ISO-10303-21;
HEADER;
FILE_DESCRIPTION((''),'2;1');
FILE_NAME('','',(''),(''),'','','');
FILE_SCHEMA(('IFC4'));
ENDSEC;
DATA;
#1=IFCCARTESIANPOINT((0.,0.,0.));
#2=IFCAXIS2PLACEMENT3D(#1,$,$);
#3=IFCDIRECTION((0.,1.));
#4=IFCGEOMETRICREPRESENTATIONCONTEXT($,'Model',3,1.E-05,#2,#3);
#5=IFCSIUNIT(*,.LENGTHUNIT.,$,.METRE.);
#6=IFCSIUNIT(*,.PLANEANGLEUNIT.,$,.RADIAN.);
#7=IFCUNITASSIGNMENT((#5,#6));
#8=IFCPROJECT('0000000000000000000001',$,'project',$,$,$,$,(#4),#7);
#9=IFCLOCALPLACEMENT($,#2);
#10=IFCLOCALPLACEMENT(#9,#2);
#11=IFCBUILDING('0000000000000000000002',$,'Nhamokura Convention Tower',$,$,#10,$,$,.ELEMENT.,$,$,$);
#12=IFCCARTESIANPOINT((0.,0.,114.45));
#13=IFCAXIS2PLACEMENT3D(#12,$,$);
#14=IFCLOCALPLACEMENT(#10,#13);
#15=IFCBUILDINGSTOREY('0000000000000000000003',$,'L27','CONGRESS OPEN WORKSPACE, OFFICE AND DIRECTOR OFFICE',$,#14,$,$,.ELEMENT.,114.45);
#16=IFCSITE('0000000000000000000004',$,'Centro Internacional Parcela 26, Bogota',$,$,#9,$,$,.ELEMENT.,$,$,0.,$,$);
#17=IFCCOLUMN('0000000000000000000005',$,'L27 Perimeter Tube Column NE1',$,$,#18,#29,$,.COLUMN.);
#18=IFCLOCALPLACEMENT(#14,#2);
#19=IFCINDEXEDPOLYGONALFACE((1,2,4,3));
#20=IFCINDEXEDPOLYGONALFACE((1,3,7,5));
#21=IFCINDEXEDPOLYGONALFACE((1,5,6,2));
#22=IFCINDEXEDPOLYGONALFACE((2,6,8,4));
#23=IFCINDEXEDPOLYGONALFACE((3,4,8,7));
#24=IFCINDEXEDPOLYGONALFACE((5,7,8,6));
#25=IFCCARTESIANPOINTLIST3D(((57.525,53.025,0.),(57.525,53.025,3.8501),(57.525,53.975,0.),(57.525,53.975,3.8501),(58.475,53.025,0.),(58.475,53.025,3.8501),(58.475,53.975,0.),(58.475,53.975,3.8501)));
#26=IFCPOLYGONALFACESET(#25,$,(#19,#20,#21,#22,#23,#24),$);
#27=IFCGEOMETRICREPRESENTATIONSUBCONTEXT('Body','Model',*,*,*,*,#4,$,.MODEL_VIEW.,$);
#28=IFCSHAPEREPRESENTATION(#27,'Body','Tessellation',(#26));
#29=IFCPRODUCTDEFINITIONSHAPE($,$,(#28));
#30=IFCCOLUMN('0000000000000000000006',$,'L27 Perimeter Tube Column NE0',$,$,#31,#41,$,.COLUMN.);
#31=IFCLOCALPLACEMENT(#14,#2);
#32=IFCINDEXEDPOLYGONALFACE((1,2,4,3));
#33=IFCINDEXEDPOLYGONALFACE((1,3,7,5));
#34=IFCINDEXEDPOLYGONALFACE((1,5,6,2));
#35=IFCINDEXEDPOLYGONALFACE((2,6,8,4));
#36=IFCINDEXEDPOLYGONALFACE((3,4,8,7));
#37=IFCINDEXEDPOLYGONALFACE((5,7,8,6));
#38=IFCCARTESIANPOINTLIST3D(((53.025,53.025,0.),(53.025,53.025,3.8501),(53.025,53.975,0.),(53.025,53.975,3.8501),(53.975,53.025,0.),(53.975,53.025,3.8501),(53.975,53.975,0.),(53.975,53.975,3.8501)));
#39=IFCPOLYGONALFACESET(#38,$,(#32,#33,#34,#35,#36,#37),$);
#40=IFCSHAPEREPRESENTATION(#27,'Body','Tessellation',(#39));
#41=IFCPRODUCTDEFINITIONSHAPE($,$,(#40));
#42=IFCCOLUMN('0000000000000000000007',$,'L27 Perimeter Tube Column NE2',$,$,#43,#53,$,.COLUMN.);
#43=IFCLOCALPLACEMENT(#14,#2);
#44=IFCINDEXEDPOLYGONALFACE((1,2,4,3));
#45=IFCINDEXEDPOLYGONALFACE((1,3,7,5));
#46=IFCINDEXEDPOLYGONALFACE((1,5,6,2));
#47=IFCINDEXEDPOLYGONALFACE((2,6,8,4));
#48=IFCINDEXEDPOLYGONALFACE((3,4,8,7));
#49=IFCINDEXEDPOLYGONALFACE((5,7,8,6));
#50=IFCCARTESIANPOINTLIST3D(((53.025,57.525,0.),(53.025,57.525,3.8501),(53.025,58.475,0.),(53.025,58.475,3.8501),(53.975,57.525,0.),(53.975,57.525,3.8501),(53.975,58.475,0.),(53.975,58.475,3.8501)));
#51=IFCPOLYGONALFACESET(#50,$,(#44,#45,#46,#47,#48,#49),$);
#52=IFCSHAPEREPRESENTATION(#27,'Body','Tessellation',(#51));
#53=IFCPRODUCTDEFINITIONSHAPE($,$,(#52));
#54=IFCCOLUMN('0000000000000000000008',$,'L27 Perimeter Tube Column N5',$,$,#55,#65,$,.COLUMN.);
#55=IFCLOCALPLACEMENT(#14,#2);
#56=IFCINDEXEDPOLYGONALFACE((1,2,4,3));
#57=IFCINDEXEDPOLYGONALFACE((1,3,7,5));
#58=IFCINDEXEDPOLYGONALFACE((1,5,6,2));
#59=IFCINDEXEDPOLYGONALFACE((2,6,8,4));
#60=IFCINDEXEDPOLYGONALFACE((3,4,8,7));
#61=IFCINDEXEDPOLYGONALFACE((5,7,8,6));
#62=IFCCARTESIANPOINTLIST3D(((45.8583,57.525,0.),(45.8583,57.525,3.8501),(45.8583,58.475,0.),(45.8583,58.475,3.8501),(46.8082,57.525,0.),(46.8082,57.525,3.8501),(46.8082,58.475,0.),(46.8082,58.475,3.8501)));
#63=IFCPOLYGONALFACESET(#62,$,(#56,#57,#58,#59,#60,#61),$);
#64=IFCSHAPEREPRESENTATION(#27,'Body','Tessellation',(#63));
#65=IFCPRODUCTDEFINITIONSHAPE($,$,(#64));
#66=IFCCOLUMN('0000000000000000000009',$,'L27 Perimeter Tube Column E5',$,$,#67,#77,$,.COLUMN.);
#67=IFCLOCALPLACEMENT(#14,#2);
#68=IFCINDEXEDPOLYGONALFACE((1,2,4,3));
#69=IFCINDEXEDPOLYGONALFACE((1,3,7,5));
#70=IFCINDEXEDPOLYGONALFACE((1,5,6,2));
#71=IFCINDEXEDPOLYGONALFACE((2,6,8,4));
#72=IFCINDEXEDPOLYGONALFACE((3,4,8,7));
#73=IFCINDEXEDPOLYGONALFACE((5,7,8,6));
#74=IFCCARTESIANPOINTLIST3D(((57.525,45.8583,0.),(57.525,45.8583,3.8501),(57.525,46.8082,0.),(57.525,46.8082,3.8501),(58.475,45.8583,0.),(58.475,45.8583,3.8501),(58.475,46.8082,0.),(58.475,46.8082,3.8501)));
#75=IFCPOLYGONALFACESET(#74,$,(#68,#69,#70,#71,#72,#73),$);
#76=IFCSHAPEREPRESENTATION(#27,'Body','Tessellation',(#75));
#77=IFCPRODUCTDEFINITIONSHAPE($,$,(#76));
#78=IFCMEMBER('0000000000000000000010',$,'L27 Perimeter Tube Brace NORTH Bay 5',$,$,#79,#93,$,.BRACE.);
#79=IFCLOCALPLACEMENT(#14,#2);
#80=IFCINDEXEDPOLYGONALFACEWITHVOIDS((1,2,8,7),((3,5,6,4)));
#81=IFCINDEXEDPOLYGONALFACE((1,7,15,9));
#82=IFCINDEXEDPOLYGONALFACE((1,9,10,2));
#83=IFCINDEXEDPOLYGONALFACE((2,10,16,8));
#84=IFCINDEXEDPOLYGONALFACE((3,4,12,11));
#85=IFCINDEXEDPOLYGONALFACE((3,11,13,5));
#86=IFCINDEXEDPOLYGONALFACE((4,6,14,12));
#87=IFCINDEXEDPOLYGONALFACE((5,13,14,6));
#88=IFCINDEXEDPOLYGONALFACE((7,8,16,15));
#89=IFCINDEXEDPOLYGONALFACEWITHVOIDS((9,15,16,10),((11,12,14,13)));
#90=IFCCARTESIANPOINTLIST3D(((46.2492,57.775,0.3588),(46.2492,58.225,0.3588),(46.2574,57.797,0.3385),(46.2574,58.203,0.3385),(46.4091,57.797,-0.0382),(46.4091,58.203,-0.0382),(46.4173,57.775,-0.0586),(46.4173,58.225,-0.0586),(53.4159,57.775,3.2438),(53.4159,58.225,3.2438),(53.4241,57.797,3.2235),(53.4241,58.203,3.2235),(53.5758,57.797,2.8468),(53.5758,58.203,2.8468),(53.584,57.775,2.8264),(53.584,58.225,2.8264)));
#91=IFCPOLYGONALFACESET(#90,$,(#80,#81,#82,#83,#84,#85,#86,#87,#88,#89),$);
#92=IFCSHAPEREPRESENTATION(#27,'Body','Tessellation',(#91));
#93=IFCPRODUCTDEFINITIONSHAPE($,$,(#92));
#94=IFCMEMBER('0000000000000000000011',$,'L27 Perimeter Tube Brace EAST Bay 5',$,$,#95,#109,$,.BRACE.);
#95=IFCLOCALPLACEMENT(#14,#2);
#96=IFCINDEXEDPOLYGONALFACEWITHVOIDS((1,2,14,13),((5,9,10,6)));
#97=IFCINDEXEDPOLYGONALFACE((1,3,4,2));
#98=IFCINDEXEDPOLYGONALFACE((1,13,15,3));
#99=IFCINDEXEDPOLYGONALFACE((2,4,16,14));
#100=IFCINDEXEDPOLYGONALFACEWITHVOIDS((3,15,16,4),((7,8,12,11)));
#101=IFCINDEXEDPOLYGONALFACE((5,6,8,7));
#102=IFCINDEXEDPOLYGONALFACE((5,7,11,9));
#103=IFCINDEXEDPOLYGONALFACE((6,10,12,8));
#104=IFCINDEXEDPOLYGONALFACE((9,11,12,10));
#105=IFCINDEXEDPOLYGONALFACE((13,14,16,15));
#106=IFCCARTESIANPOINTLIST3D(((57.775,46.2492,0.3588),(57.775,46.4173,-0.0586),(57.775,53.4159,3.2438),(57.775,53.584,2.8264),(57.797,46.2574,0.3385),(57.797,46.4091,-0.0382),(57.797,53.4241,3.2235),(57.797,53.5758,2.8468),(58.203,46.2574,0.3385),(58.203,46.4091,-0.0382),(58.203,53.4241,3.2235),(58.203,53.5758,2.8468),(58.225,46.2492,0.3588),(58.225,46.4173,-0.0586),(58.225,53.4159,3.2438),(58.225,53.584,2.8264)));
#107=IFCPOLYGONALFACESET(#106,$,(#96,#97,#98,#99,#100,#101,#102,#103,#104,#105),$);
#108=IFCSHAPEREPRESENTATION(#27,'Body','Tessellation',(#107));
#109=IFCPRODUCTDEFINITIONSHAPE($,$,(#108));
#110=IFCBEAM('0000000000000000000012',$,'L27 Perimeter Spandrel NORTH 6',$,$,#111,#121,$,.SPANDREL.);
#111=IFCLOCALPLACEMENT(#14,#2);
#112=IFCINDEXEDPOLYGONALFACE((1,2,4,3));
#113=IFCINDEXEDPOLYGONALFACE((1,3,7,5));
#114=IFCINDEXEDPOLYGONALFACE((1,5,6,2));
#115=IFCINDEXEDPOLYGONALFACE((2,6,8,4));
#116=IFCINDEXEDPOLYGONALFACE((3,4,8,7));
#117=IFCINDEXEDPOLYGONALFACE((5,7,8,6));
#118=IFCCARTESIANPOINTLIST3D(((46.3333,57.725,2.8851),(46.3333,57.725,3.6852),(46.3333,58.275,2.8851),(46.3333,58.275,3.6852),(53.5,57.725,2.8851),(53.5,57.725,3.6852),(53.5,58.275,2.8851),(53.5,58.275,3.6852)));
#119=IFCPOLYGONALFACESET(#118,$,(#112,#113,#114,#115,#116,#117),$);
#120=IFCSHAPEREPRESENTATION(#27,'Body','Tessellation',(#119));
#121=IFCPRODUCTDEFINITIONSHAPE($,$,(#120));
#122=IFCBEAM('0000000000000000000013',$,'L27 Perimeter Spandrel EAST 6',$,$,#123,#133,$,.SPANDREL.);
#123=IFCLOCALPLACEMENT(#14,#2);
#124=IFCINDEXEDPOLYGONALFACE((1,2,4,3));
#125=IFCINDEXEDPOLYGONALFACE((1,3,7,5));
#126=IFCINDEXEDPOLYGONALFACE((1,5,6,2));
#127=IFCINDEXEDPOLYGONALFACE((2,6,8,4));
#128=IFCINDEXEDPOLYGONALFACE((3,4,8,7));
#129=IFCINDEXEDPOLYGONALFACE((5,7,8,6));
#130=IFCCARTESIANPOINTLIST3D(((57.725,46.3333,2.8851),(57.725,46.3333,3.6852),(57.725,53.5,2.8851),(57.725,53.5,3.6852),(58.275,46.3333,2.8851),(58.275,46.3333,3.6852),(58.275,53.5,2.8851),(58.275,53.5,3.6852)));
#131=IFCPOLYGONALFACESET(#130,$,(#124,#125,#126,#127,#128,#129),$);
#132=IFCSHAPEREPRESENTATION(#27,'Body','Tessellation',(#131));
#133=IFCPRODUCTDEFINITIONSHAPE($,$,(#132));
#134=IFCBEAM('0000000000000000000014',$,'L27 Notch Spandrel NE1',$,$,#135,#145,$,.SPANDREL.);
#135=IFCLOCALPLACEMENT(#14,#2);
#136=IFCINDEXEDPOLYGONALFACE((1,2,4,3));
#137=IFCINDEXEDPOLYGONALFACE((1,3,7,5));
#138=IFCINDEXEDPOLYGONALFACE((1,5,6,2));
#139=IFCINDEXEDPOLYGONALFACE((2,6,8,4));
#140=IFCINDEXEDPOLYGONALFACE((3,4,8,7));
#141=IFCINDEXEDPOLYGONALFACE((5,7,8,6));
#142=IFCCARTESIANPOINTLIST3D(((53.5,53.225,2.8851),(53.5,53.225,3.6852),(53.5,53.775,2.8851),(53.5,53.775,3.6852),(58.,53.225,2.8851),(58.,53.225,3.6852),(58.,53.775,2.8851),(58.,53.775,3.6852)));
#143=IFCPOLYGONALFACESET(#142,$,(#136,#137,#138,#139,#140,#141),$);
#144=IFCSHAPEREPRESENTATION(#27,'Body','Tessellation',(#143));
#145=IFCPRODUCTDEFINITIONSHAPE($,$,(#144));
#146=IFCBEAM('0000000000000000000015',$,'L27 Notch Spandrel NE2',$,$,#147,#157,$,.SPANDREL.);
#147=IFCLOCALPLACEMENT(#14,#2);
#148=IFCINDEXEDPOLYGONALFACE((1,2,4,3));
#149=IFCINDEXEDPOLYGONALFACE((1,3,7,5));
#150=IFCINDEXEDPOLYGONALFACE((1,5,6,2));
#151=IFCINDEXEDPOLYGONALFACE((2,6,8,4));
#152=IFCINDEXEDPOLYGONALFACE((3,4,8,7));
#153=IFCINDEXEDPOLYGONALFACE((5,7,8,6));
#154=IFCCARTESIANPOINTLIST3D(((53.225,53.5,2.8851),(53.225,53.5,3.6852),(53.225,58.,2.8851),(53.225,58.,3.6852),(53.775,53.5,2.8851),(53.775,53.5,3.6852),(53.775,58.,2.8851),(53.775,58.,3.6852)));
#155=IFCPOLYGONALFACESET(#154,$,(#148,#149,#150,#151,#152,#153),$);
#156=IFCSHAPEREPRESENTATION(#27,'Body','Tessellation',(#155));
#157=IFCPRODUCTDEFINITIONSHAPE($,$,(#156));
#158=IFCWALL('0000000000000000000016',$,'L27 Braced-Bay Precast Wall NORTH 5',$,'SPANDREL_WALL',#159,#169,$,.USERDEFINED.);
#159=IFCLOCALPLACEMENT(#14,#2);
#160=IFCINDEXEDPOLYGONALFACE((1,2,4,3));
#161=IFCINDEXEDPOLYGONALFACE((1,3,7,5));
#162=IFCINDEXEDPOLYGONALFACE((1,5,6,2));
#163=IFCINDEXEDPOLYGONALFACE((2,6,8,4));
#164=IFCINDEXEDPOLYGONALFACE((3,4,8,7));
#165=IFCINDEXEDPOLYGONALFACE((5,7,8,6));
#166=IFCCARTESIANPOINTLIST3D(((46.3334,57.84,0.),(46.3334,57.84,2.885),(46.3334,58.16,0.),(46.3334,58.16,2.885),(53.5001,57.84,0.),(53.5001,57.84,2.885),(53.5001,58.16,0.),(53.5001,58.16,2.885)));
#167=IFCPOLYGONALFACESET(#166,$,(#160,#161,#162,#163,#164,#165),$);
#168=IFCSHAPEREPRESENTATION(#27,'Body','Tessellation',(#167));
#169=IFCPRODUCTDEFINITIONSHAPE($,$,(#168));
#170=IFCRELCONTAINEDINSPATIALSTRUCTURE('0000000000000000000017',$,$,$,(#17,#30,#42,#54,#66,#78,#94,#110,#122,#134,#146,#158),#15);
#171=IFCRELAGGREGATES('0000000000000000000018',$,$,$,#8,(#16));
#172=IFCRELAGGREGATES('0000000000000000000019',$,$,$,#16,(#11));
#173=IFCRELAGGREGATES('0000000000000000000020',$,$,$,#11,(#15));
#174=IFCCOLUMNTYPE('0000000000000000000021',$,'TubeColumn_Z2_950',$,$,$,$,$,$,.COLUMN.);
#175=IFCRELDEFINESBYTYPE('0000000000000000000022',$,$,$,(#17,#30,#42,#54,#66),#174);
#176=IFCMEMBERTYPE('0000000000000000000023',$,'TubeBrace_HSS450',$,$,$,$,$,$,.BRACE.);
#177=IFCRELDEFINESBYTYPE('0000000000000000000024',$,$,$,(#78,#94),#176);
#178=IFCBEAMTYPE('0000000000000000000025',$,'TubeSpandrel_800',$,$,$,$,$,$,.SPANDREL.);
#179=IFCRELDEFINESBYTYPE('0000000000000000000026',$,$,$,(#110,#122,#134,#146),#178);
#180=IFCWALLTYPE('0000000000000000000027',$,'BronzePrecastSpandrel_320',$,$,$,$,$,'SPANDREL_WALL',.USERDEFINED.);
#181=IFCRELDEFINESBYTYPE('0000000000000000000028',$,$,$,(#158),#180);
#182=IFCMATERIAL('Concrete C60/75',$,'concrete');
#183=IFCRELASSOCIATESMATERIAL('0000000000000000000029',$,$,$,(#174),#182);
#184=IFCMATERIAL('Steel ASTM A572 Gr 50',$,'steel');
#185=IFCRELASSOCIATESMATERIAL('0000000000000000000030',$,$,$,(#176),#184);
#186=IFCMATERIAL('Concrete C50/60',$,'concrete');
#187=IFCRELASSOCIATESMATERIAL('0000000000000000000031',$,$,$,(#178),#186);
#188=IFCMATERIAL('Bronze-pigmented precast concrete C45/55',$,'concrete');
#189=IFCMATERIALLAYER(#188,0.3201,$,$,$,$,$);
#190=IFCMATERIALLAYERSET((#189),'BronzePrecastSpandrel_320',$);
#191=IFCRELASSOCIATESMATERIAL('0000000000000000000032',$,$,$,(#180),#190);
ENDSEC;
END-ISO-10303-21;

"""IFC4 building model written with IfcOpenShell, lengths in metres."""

from ifc_helpers import new_model, si_unit, direction, frame, frame_2d, origin, origin_2d, place, context, subcontext, project, spatial, rectangle, hollow_rectangle, extrude, material, layer, layer_set, material_profile, profile_set, type_object, element, save


model = new_model("IFC4")

# Units and contexts
model_context = context("Model", 3, precision=1e-05, world=origin(), true_north=direction((0.0, 1.0)))
body_context = subcontext(model_context, "Body", "Model", "MODEL_VIEW")
ifc_project = project(units=[si_unit("LENGTHUNIT", "METRE"), si_unit("PLANEANGLEUNIT", "RADIAN")], contexts=[model_context])

# Site, building, storey
site_placement = place(None, origin())
site = spatial("IfcSite", under=ifc_project, at=site_placement, Name="Centro Internacional Parcela 26, Bogota", CompositionType="ELEMENT", RefElevation=0.0)
building_placement = place(site_placement, origin())
building = spatial("IfcBuilding", under=site, at=building_placement, Name="Nhamokura Convention Tower", CompositionType="ELEMENT")
storey_placement = place(building_placement, frame((0.0, 0.0, 114.45)))
storey = spatial("IfcBuildingStorey", under=building, at=storey_placement, Name="L27", Description="CONGRESS OPEN WORKSPACE, OFFICE AND DIRECTOR OFFICE", CompositionType="ELEMENT", Elevation=114.45)

# Columns
ifc_material_1 = material(Name="Concrete C60/75", Category="concrete")
ifc_material_profile_1 = material_profile(ifc_material_1, rectangle(XDim=0.95, YDim=0.95, at=origin_2d()))
ifc_profile_set_1 = profile_set([ifc_material_profile_1], Name="Concrete C60/75")
column_type = type_object("IfcColumnType", Name="TubeColumn_Z2_950", PredefinedType="COLUMN", material=ifc_profile_set_1)
for number, where, z_axis, x_axis, name in (
    (1, (58.0, 53.5, 0.0), (0.0, 0.0, 1.0), (1.0, 0.0, 0.0), "L27 Perimeter Tube Column NE1"),
    (2, (53.5, 53.5, 0.0), (0.0, 0.0, 1.0), (1.0, 0.0, 0.0), "L27 Perimeter Tube Column NE0"),
    (3, (53.5, 58.0, 0.0), (0.0, 0.0, 1.0), (1.0, 0.0, 0.0), "L27 Perimeter Tube Column NE2"),
    (4, (46.3333, 58.0, 0.0), (0.0, 0.0, 1.0), (1.0, 0.0, 0.0), "L27 Perimeter Tube Column N5"),
    (5, (58.0, 46.3333, 0.0), (0.0, 0.0, 1.0), (1.0, 0.0, 0.0), "L27 Perimeter Tube Column E5"),
):
    element("IfcColumn", number, at=place(storey_placement, frame(where, z_axis=z_axis, x_axis=x_axis)), inside=storey, type_object=column_type, Name=name, PredefinedType="COLUMN", context=body_context, shape_type="SweptSolid", body=[
        extrude(rectangle(XDim=0.95, YDim=0.95, at=origin_2d()), origin(), (0.0, 0.0, 1.0), 3.8501),
    ])

# Members
ifc_material_2 = material(Name="Steel ASTM A572 Gr 50", Category="steel")
ifc_material_profile_2 = material_profile(ifc_material_2, hollow_rectangle(XDim=0.45, YDim=0.45, WallThickness=0.022, at=origin_2d()))
ifc_profile_set_2 = profile_set([ifc_material_profile_2], Name="Steel ASTM A572 Gr 50")
member_type = type_object("IfcMemberType", Name="TubeBrace_HSS450", PredefinedType="BRACE", material=ifc_profile_set_2)
for number, where, z_axis, x_axis, name in (
    (6, (46.3333, 58.0, 0.1501), (0.927657, 0.0, 0.373433), (0.0, 1.0, 0.0), "L27 Perimeter Tube Brace NORTH Bay 5"),
    (7, (58.0, 46.3333, 0.1501), (0.0, 0.927657, 0.373433), (-1.0, 0.0, 0.0), "L27 Perimeter Tube Brace EAST Bay 5"),
):
    element("IfcMember", number, at=place(storey_placement, frame(where, z_axis=z_axis, x_axis=x_axis)), inside=storey, type_object=member_type, Name=name, PredefinedType="BRACE", context=body_context, shape_type="SweptSolid", body=[
        extrude(hollow_rectangle(XDim=0.45, YDim=0.45, WallThickness=0.022, at=origin_2d()), origin(), (0.0, 0.0, 1.0), 7.7256),
    ])

# Beams
ifc_material_3 = material(Name="Concrete C50/60", Category="concrete")
ifc_material_profile_3 = material_profile(ifc_material_3, rectangle(XDim=0.55, YDim=0.8, at=origin_2d()))
ifc_profile_set_3 = profile_set([ifc_material_profile_3], Name="Concrete C50/60")
beam_type = type_object("IfcBeamType", Name="TubeSpandrel_800", PredefinedType="SPANDREL", material=ifc_profile_set_3)
for number, where, z_axis, x_axis, name in (
    (8, (46.3333, 58.0, 3.2852), (1.0, 0.0, 0.0), (0.0, 1.0, 0.0), "L27 Perimeter Spandrel NORTH 6"),
    (9, (58.0, 46.3333, 3.2852), (0.0, 1.0, 0.0), (-1.0, 0.0, 0.0), "L27 Perimeter Spandrel EAST 6"),
):
    element("IfcBeam", number, at=place(storey_placement, frame(where, z_axis=z_axis, x_axis=x_axis)), inside=storey, type_object=beam_type, Name=name, PredefinedType="SPANDREL", context=body_context, shape_type="SweptSolid", body=[
        extrude(rectangle(XDim=0.55, YDim=0.8, at=origin_2d()), origin(), (0.0, 0.0, 1.0), 7.1667),
    ])
for number, where, z_axis, x_axis, name in (
    (10, (58.0, 53.5, 3.2852), (-1.0, 0.0, 0.0), (0.0, -1.0, 0.0), "L27 Notch Spandrel NE1"),
    (11, (53.5, 53.5, 3.2852), (0.0, 1.0, 0.0), (-1.0, 0.0, 0.0), "L27 Notch Spandrel NE2"),
):
    element("IfcBeam", number, at=place(storey_placement, frame(where, z_axis=z_axis, x_axis=x_axis)), inside=storey, type_object=beam_type, Name=name, PredefinedType="SPANDREL", context=body_context, shape_type="SweptSolid", body=[
        extrude(rectangle(XDim=0.55, YDim=0.8, at=origin_2d()), origin(), (0.0, 0.0, 1.0), 4.5),
    ])

# Wall
ifc_material_4 = material(Name="Bronze-pigmented precast concrete C45/55", Category="concrete")
ifc_layer = layer(ifc_material_4, 0.3201)
ifc_layer_set = layer_set([ifc_layer], Name="BronzePrecastSpandrel_320")
wall_type = type_object("IfcWallType", Name="BronzePrecastSpandrel_320", ElementType="SPANDREL_WALL", PredefinedType="USERDEFINED", material=ifc_layer_set)
wall_1_placement = place(storey_placement, frame((46.3333, 58.0, 0.0), z_axis=(0.0, 0.0, 1.0), x_axis=(1.0, 0.0, 0.0)))
element("IfcWall", 12, at=wall_1_placement, inside=storey, type_object=wall_type, Name="L27 Braced-Bay Precast Wall NORTH 5", ObjectType="SPANDREL_WALL", PredefinedType="USERDEFINED", context=body_context, shape_type="SweptSolid", body=[
    extrude(rectangle(XDim=7.1667, YDim=0.3201, at=frame_2d((3.5835, 0.0))), origin(), (0.0, 0.0, 1.0), 2.885),
])

save(model, "model.ifc")
